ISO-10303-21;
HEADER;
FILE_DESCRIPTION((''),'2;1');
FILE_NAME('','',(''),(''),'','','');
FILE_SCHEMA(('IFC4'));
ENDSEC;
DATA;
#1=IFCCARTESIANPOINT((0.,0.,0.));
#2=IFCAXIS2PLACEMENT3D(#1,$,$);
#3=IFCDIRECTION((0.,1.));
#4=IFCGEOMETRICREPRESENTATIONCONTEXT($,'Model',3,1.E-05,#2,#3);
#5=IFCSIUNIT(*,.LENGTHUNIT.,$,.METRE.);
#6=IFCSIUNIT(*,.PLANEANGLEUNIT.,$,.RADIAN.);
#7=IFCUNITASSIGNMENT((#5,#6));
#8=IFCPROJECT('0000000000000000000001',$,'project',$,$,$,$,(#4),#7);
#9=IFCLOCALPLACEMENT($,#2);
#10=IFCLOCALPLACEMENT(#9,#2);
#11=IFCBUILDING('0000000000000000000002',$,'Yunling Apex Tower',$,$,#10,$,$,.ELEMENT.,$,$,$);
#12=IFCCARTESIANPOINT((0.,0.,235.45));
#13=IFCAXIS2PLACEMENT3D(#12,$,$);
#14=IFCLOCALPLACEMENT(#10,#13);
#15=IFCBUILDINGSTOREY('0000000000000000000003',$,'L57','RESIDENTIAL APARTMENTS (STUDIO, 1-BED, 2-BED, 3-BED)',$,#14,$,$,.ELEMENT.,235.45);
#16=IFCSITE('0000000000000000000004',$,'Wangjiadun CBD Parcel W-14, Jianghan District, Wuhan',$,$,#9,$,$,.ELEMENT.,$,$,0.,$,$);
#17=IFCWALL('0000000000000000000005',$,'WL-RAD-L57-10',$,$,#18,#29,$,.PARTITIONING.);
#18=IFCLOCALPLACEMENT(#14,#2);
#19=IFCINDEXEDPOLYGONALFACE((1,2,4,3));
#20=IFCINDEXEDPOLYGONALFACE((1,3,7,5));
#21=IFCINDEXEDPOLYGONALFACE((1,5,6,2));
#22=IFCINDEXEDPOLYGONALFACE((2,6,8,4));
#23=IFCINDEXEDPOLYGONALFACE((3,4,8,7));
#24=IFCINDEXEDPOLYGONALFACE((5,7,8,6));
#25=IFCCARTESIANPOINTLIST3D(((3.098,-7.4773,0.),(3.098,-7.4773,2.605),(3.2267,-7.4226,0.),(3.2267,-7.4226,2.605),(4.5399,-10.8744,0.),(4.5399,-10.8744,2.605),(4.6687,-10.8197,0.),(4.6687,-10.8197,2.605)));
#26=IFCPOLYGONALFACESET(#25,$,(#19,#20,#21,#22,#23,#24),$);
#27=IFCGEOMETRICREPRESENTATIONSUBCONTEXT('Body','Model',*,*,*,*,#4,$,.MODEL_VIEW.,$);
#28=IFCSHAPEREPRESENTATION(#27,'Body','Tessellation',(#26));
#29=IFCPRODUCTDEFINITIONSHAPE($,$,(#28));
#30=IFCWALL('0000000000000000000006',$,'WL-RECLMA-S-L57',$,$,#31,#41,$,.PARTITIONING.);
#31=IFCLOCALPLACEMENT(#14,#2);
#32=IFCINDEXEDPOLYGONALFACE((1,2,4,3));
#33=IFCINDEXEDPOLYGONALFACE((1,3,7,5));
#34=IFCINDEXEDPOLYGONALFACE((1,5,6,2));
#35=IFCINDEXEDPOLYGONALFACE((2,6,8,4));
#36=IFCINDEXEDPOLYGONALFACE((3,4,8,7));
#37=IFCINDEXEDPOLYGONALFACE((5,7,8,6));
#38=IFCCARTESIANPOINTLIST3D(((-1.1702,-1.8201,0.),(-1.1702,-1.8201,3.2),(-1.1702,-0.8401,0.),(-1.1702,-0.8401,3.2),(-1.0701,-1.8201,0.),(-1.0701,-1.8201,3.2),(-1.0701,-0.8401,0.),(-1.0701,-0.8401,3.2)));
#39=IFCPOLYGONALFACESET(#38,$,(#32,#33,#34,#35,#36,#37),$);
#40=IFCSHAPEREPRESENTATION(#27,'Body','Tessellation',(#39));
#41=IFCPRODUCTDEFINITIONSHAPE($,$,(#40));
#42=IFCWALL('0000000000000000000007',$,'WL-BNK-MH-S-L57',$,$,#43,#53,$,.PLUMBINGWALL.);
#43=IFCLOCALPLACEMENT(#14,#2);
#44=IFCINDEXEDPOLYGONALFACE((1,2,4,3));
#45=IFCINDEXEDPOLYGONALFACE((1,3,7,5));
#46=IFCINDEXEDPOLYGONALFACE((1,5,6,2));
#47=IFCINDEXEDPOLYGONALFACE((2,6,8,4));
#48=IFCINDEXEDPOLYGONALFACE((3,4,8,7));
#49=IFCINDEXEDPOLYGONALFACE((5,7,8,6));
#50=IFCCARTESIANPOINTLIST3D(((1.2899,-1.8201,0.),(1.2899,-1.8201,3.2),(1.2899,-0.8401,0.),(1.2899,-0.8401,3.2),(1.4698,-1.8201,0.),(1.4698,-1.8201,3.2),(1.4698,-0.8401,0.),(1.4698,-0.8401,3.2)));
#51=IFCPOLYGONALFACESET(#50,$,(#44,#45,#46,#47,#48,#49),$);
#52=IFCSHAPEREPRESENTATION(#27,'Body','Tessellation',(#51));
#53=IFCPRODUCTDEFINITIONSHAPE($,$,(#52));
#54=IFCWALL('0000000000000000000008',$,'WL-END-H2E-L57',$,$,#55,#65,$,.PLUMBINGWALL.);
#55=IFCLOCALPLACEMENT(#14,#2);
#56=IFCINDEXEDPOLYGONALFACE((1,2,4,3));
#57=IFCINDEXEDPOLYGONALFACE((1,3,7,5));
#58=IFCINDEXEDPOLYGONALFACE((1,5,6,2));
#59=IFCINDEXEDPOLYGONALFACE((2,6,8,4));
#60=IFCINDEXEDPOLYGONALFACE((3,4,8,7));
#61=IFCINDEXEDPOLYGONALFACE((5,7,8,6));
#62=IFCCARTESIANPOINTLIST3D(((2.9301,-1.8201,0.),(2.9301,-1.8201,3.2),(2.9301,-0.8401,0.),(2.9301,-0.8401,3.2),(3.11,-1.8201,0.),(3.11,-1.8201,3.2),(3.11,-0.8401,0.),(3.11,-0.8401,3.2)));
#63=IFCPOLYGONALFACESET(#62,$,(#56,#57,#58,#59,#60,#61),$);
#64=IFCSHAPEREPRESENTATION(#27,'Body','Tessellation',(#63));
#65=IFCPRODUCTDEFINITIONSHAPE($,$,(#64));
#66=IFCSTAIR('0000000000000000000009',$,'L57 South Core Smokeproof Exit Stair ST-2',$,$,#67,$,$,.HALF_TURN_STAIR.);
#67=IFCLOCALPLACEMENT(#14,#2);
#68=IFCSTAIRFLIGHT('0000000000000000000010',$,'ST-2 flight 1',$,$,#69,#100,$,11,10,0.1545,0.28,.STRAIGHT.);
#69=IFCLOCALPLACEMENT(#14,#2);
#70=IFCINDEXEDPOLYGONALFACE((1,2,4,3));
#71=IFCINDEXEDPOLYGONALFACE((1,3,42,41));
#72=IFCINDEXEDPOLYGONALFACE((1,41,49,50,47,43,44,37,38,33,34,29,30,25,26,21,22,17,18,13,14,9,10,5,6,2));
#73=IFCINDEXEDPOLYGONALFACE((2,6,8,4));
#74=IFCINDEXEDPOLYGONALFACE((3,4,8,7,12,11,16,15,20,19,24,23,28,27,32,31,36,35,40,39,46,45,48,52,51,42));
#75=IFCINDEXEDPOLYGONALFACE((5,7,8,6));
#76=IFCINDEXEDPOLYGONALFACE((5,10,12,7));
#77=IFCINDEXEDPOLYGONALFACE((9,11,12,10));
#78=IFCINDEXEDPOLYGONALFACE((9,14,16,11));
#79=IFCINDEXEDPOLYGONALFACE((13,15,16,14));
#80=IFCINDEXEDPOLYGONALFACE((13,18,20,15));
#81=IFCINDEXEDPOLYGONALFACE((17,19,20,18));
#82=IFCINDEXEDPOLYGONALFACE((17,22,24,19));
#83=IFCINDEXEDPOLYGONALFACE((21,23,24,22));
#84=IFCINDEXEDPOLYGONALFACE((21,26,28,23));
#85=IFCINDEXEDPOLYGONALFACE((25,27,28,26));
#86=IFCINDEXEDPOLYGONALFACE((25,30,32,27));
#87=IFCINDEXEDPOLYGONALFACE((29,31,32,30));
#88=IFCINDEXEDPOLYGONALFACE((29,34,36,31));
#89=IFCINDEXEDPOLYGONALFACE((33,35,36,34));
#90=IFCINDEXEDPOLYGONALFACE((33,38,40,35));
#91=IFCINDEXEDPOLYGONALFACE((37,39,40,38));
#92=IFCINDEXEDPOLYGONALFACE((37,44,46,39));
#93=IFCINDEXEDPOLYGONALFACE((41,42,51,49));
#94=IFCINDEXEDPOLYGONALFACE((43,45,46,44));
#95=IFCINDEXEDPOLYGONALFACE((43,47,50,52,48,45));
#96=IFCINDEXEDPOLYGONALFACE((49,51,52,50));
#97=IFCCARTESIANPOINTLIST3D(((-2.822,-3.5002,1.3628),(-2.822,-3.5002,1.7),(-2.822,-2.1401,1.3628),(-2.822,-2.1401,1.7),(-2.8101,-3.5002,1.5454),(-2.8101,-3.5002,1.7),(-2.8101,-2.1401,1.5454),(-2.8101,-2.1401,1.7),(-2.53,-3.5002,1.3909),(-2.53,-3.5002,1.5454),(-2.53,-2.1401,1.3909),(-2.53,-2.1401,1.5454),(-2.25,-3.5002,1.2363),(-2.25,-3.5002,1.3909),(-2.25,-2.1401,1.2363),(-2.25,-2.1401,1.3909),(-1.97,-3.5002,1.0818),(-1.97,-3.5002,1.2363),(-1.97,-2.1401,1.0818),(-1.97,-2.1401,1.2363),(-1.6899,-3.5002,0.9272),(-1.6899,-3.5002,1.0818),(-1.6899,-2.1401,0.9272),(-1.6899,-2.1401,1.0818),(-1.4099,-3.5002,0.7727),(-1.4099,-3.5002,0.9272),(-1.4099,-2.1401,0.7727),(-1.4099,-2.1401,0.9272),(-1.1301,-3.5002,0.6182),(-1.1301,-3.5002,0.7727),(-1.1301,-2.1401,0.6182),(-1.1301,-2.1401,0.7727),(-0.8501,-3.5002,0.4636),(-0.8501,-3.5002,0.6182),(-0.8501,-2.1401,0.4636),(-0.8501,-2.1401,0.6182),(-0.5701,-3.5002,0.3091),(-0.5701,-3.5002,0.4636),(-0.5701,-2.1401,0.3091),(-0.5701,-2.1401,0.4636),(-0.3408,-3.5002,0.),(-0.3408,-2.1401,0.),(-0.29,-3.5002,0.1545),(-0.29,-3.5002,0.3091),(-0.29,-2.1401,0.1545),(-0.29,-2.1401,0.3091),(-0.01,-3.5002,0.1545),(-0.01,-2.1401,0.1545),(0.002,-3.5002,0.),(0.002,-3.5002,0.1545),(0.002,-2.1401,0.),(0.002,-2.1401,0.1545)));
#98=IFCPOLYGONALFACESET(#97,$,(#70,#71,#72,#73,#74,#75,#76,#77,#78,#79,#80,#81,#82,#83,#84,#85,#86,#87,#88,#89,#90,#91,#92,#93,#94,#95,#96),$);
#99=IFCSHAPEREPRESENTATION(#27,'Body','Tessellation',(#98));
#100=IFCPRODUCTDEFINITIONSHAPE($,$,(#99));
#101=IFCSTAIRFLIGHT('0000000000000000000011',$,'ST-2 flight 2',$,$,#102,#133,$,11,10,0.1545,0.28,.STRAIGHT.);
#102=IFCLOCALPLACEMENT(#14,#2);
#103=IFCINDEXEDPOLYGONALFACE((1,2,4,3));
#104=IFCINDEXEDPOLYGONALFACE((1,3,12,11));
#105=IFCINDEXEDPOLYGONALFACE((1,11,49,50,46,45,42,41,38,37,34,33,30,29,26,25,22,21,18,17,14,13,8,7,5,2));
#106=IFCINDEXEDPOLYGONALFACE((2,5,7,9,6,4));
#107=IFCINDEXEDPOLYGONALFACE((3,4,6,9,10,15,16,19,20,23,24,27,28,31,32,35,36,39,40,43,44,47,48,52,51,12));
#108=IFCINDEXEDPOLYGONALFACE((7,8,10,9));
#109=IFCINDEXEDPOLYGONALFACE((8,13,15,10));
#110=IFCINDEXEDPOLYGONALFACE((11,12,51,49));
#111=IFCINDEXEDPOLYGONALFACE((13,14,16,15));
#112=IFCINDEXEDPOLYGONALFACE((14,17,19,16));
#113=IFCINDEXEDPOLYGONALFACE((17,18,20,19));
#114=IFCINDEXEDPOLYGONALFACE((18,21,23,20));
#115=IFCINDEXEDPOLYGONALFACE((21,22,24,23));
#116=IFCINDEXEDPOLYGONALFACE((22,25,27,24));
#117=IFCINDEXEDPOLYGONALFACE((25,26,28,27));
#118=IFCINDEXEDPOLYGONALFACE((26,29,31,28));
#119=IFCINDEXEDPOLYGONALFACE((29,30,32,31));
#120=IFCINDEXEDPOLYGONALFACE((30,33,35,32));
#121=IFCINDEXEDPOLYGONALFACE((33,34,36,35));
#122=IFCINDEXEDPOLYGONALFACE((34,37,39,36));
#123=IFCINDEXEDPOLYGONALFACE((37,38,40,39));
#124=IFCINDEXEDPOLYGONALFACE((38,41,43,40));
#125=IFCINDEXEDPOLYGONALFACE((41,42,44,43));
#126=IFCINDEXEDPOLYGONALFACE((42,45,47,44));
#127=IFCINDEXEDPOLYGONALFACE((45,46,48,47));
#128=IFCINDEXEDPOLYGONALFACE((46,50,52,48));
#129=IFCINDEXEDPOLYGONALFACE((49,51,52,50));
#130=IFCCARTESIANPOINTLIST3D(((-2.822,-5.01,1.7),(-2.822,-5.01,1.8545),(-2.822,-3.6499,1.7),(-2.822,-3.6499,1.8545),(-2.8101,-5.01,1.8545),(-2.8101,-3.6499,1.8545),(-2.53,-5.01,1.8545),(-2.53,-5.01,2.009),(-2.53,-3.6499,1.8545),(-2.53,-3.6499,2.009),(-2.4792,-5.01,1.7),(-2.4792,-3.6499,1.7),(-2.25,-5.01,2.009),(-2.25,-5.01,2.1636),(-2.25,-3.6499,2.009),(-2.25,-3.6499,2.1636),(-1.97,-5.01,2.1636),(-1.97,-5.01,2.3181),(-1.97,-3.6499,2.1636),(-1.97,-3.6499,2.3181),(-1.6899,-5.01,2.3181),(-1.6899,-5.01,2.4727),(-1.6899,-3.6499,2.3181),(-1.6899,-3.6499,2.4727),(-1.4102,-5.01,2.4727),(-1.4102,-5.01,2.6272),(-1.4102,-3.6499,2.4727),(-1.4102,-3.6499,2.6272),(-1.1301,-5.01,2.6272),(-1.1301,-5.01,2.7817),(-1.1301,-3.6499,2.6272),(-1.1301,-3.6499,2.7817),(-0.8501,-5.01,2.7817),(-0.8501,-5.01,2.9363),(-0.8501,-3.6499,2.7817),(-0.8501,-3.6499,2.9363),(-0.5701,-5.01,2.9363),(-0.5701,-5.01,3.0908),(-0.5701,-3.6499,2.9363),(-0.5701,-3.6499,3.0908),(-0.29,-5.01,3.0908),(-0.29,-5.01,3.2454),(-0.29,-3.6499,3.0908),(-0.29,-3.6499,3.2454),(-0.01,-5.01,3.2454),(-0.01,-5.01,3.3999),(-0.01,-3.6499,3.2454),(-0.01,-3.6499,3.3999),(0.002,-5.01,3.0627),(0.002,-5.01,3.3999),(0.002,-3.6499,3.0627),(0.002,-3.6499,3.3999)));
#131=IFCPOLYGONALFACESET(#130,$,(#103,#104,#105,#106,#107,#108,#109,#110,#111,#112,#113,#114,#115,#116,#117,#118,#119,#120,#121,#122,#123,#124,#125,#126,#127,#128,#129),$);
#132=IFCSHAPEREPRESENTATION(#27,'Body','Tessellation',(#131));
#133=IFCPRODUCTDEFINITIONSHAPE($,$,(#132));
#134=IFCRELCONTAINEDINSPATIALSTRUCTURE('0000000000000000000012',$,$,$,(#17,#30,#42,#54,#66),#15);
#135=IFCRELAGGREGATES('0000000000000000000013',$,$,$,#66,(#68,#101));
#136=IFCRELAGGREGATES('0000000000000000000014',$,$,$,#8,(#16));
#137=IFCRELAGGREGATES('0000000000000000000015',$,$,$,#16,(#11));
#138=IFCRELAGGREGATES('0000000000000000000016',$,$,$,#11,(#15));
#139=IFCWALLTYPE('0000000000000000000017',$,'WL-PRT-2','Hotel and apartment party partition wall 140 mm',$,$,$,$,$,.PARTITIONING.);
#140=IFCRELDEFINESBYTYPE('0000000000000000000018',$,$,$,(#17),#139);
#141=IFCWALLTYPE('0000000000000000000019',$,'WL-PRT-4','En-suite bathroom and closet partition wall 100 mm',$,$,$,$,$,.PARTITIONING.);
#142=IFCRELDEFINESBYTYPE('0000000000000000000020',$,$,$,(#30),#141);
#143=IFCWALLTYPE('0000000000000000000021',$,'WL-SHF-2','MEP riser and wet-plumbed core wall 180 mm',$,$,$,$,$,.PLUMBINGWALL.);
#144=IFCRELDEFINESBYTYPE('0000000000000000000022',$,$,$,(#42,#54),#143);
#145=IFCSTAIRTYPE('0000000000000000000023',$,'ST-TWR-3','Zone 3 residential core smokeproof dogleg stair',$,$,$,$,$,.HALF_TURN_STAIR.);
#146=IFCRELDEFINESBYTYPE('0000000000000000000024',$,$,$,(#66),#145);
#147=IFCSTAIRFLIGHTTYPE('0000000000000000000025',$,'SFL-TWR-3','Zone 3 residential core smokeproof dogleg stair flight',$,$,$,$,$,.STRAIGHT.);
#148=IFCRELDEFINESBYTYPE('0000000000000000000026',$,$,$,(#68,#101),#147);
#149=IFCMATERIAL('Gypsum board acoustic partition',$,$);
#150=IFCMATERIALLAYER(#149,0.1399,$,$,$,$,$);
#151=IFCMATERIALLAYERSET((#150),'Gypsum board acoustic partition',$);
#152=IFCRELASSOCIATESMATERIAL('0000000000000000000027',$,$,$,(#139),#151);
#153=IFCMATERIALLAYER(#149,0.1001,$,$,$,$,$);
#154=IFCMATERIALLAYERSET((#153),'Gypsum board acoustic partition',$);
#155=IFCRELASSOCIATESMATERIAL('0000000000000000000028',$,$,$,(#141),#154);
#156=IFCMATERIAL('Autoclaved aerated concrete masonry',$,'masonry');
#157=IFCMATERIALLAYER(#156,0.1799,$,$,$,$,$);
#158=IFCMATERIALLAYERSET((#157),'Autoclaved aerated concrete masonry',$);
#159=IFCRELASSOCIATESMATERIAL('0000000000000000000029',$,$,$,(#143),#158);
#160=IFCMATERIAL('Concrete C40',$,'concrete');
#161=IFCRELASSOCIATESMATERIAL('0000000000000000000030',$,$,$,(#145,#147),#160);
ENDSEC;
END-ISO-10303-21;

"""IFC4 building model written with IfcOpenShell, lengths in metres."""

from ifc_helpers import new_model, si_unit, direction, frame, frame_2d, origin, place, context, subcontext, project, spatial, polyline, rectangle, outline, extrude, material, layer, layer_set, type_object, element, aggregate, save


model = new_model("IFC4")

# Units and contexts
model_context = context("Model", 3, precision=1e-05, world=origin(), true_north=direction((0.0, 1.0)))
body_context = subcontext(model_context, "Body", "Model", "MODEL_VIEW")
ifc_project = project(units=[si_unit("LENGTHUNIT", "METRE"), si_unit("PLANEANGLEUNIT", "RADIAN")], contexts=[model_context])

# Site, building, storey
site_placement = place(None, origin())
site = spatial("IfcSite", under=ifc_project, at=site_placement, Name="Wangjiadun CBD Parcel W-14, Jianghan District, Wuhan", CompositionType="ELEMENT", RefElevation=0.0)
building_placement = place(site_placement, origin())
building = spatial("IfcBuilding", under=site, at=building_placement, Name="Yunling Apex Tower", CompositionType="ELEMENT")
storey_placement = place(building_placement, frame((0.0, 0.0, 235.45)))
storey = spatial("IfcBuildingStorey", under=building, at=storey_placement, Name="L57", Description="RESIDENTIAL APARTMENTS (STUDIO, 1-BED, 2-BED, 3-BED)", CompositionType="ELEMENT", Elevation=235.45)

# Shared definitions
ifc_material_1 = material(Name="Concrete C40", Category="concrete")

# Walls
ifc_material_2 = material(Name="Gypsum board acoustic partition")
ifc_layer_1 = layer(ifc_material_2, 0.1399)
ifc_layer_set_1 = layer_set([ifc_layer_1], Name="Gypsum board acoustic partition")
wall_type_1 = type_object("IfcWallType", Name="WL-PRT-2", Description="Hotel and apartment party partition wall 140 mm", PredefinedType="PARTITIONING", material=ifc_layer_set_1)
wall_1_placement = place(storey_placement, frame((3.1624, -7.45, 0.0), z_axis=(0.0, 0.0, 1.0), x_axis=(0.390723, -0.920508, 0.0)))
element("IfcWall", 1, at=wall_1_placement, inside=storey, type_object=wall_type_1, Name="WL-RAD-L57-10", PredefinedType="PARTITIONING", context=body_context, shape_type="SweptSolid", body=[
    extrude(rectangle(XDim=3.6904, YDim=0.1399, at=frame_2d((1.8452, 0.0))), origin(), (0.0, 0.0, 1.0), 2.605),
])
ifc_layer_2 = layer(ifc_material_2, 0.1001)
ifc_layer_set_2 = layer_set([ifc_layer_2], Name="Gypsum board acoustic partition")
wall_type_2 = type_object("IfcWallType", Name="WL-PRT-4", Description="En-suite bathroom and closet partition wall 100 mm", PredefinedType="PARTITIONING", material=ifc_layer_set_2)
wall_2_placement = place(storey_placement, frame((-1.1201, -1.8201, 0.0), z_axis=(0.0, 0.0, 1.0), x_axis=(0.0, 1.0, 0.0)))
element("IfcWall", 2, at=wall_2_placement, inside=storey, type_object=wall_type_2, Name="WL-RECLMA-S-L57", PredefinedType="PARTITIONING", context=body_context, shape_type="SweptSolid", body=[
    extrude(rectangle(XDim=0.98, YDim=0.1001, at=frame_2d((0.49, 0.0))), origin(), (0.0, 0.0, 1.0), 3.2),
])

# Shared definitions
ifc_material_3 = material(Name="Autoclaved aerated concrete masonry", Category="masonry")

# Walls
ifc_layer_3 = layer(ifc_material_3, 0.1799)
ifc_layer_set_3 = layer_set([ifc_layer_3], Name="Autoclaved aerated concrete masonry")
wall_type_3 = type_object("IfcWallType", Name="WL-SHF-2", Description="MEP riser and wet-plumbed core wall 180 mm", PredefinedType="PLUMBINGWALL", material=ifc_layer_set_3)
for number, where, z_axis, x_axis, name in (
    (3, (1.3799, -1.8201, 0.0), (0.0, 0.0, 1.0), (0.0, 1.0, 0.0), "WL-BNK-MH-S-L57"),
    (4, (3.02, -1.8201, 0.0), (0.0, 0.0, 1.0), (0.0, 1.0, 0.0), "WL-END-H2E-L57"),
):
    element("IfcWall", number, at=place(storey_placement, frame(where, z_axis=z_axis, x_axis=x_axis)), inside=storey, type_object=wall_type_3, Name=name, PredefinedType="PLUMBINGWALL", context=body_context, shape_type="SweptSolid", body=[
        extrude(rectangle(XDim=0.98, YDim=0.1799, at=frame_2d((0.49, 0.0))), origin(), (0.0, 0.0, 1.0), 3.2),
    ])

# Stair, stair flights
stair_type = type_object("IfcStairType", Name="ST-TWR-3", Description="Zone 3 residential core smokeproof dogleg stair", PredefinedType="HALF_TURN_STAIR", material=ifc_material_1)
stair_placement = place(storey_placement, origin())
stair = element("IfcStair", 5, at=stair_placement, inside=storey, type_object=stair_type, Name="L57 South Core Smokeproof Exit Stair ST-2", PredefinedType="HALF_TURN_STAIR")
stair_flight_type = type_object("IfcStairFlightType", Name="SFL-TWR-3", Description="Zone 3 residential core smokeproof dogleg stair flight", PredefinedType="STRAIGHT", material=ifc_material_1)
stair_flight_1_placement = place(storey_placement, frame((-0.01, -2.8201, 0.0), z_axis=(0.0, 0.0, 1.0), x_axis=(-1.0, 0.0, 0.0)))
stair_flight_1 = element("IfcStairFlight", 6, at=stair_flight_1_placement, type_object=stair_flight_type, Name="ST-2 flight 1", NumberOfRisers=11, NumberOfTreads=10, PredefinedType="STRAIGHT", RiserHeight=0.1545, TreadLength=0.28, context=body_context, shape_type="SweptSolid", body=[
    extrude(outline(polyline([(-0.012, 0.0), (-0.012, 0.1545), (0.0, 0.1545), (0.28, 0.1545), (0.28, 0.3091), (0.5601, 0.3091), (0.5601, 0.4636), (0.8401, 0.4636), (0.8401, 0.6182), (1.1201, 0.6182), (1.1201, 0.7727), (1.3999, 0.7727), (1.3999, 0.9272), (1.6799, 0.9272), (1.6799, 1.0818), (1.96, 1.0818), (1.96, 1.2363), (2.24, 1.2363), (2.24, 1.3909), (2.52, 1.3909), (2.52, 1.5454), (2.8, 1.5454), (2.8, 1.7), (2.812, 1.7), (2.812, 1.3628), (0.3308, 0.0), (-0.012, 0.0)])), frame((0.0, 0.6802, 0.0), z_axis=(0.0, -1.0, 0.0), x_axis=(1.0, 0.0, 0.0)), (0.0, 0.0, 1.0), 1.3601),
])
stair_flight_2_placement = place(storey_placement, frame((-2.8101, -4.3301, 1.7), z_axis=(0.0, 0.0, 1.0), x_axis=(1.0, 0.0, 0.0)))
stair_flight_2 = element("IfcStairFlight", 7, at=stair_flight_2_placement, type_object=stair_flight_type, Name="ST-2 flight 2", NumberOfRisers=11, NumberOfTreads=10, PredefinedType="STRAIGHT", RiserHeight=0.1545, TreadLength=0.28, context=body_context, shape_type="SweptSolid", body=[
    extrude(outline(polyline([(-0.012, 0.0), (-0.012, 0.1545), (0.0, 0.1545), (0.28, 0.1545), (0.28, 0.3091), (0.5601, 0.3091), (0.5601, 0.4636), (0.8401, 0.4636), (0.8401, 0.6182), (1.1201, 0.6182), (1.1201, 0.7727), (1.3999, 0.7727), (1.3999, 0.9272), (1.6799, 0.9272), (1.6799, 1.0818), (1.96, 1.0818), (1.96, 1.2363), (2.24, 1.2363), (2.24, 1.3909), (2.52, 1.3909), (2.52, 1.5454), (2.8, 1.5454), (2.8, 1.7), (2.812, 1.7), (2.812, 1.3628), (0.3308, 0.0), (-0.012, 0.0)])), frame((0.0, 0.6802, 0.0), z_axis=(0.0, -1.0, 0.0), x_axis=(1.0, 0.0, 0.0)), (0.0, 0.0, 1.0), 1.3601),
])
aggregate(stair, [stair_flight_1, stair_flight_2])

save(model, "model.ifc")
